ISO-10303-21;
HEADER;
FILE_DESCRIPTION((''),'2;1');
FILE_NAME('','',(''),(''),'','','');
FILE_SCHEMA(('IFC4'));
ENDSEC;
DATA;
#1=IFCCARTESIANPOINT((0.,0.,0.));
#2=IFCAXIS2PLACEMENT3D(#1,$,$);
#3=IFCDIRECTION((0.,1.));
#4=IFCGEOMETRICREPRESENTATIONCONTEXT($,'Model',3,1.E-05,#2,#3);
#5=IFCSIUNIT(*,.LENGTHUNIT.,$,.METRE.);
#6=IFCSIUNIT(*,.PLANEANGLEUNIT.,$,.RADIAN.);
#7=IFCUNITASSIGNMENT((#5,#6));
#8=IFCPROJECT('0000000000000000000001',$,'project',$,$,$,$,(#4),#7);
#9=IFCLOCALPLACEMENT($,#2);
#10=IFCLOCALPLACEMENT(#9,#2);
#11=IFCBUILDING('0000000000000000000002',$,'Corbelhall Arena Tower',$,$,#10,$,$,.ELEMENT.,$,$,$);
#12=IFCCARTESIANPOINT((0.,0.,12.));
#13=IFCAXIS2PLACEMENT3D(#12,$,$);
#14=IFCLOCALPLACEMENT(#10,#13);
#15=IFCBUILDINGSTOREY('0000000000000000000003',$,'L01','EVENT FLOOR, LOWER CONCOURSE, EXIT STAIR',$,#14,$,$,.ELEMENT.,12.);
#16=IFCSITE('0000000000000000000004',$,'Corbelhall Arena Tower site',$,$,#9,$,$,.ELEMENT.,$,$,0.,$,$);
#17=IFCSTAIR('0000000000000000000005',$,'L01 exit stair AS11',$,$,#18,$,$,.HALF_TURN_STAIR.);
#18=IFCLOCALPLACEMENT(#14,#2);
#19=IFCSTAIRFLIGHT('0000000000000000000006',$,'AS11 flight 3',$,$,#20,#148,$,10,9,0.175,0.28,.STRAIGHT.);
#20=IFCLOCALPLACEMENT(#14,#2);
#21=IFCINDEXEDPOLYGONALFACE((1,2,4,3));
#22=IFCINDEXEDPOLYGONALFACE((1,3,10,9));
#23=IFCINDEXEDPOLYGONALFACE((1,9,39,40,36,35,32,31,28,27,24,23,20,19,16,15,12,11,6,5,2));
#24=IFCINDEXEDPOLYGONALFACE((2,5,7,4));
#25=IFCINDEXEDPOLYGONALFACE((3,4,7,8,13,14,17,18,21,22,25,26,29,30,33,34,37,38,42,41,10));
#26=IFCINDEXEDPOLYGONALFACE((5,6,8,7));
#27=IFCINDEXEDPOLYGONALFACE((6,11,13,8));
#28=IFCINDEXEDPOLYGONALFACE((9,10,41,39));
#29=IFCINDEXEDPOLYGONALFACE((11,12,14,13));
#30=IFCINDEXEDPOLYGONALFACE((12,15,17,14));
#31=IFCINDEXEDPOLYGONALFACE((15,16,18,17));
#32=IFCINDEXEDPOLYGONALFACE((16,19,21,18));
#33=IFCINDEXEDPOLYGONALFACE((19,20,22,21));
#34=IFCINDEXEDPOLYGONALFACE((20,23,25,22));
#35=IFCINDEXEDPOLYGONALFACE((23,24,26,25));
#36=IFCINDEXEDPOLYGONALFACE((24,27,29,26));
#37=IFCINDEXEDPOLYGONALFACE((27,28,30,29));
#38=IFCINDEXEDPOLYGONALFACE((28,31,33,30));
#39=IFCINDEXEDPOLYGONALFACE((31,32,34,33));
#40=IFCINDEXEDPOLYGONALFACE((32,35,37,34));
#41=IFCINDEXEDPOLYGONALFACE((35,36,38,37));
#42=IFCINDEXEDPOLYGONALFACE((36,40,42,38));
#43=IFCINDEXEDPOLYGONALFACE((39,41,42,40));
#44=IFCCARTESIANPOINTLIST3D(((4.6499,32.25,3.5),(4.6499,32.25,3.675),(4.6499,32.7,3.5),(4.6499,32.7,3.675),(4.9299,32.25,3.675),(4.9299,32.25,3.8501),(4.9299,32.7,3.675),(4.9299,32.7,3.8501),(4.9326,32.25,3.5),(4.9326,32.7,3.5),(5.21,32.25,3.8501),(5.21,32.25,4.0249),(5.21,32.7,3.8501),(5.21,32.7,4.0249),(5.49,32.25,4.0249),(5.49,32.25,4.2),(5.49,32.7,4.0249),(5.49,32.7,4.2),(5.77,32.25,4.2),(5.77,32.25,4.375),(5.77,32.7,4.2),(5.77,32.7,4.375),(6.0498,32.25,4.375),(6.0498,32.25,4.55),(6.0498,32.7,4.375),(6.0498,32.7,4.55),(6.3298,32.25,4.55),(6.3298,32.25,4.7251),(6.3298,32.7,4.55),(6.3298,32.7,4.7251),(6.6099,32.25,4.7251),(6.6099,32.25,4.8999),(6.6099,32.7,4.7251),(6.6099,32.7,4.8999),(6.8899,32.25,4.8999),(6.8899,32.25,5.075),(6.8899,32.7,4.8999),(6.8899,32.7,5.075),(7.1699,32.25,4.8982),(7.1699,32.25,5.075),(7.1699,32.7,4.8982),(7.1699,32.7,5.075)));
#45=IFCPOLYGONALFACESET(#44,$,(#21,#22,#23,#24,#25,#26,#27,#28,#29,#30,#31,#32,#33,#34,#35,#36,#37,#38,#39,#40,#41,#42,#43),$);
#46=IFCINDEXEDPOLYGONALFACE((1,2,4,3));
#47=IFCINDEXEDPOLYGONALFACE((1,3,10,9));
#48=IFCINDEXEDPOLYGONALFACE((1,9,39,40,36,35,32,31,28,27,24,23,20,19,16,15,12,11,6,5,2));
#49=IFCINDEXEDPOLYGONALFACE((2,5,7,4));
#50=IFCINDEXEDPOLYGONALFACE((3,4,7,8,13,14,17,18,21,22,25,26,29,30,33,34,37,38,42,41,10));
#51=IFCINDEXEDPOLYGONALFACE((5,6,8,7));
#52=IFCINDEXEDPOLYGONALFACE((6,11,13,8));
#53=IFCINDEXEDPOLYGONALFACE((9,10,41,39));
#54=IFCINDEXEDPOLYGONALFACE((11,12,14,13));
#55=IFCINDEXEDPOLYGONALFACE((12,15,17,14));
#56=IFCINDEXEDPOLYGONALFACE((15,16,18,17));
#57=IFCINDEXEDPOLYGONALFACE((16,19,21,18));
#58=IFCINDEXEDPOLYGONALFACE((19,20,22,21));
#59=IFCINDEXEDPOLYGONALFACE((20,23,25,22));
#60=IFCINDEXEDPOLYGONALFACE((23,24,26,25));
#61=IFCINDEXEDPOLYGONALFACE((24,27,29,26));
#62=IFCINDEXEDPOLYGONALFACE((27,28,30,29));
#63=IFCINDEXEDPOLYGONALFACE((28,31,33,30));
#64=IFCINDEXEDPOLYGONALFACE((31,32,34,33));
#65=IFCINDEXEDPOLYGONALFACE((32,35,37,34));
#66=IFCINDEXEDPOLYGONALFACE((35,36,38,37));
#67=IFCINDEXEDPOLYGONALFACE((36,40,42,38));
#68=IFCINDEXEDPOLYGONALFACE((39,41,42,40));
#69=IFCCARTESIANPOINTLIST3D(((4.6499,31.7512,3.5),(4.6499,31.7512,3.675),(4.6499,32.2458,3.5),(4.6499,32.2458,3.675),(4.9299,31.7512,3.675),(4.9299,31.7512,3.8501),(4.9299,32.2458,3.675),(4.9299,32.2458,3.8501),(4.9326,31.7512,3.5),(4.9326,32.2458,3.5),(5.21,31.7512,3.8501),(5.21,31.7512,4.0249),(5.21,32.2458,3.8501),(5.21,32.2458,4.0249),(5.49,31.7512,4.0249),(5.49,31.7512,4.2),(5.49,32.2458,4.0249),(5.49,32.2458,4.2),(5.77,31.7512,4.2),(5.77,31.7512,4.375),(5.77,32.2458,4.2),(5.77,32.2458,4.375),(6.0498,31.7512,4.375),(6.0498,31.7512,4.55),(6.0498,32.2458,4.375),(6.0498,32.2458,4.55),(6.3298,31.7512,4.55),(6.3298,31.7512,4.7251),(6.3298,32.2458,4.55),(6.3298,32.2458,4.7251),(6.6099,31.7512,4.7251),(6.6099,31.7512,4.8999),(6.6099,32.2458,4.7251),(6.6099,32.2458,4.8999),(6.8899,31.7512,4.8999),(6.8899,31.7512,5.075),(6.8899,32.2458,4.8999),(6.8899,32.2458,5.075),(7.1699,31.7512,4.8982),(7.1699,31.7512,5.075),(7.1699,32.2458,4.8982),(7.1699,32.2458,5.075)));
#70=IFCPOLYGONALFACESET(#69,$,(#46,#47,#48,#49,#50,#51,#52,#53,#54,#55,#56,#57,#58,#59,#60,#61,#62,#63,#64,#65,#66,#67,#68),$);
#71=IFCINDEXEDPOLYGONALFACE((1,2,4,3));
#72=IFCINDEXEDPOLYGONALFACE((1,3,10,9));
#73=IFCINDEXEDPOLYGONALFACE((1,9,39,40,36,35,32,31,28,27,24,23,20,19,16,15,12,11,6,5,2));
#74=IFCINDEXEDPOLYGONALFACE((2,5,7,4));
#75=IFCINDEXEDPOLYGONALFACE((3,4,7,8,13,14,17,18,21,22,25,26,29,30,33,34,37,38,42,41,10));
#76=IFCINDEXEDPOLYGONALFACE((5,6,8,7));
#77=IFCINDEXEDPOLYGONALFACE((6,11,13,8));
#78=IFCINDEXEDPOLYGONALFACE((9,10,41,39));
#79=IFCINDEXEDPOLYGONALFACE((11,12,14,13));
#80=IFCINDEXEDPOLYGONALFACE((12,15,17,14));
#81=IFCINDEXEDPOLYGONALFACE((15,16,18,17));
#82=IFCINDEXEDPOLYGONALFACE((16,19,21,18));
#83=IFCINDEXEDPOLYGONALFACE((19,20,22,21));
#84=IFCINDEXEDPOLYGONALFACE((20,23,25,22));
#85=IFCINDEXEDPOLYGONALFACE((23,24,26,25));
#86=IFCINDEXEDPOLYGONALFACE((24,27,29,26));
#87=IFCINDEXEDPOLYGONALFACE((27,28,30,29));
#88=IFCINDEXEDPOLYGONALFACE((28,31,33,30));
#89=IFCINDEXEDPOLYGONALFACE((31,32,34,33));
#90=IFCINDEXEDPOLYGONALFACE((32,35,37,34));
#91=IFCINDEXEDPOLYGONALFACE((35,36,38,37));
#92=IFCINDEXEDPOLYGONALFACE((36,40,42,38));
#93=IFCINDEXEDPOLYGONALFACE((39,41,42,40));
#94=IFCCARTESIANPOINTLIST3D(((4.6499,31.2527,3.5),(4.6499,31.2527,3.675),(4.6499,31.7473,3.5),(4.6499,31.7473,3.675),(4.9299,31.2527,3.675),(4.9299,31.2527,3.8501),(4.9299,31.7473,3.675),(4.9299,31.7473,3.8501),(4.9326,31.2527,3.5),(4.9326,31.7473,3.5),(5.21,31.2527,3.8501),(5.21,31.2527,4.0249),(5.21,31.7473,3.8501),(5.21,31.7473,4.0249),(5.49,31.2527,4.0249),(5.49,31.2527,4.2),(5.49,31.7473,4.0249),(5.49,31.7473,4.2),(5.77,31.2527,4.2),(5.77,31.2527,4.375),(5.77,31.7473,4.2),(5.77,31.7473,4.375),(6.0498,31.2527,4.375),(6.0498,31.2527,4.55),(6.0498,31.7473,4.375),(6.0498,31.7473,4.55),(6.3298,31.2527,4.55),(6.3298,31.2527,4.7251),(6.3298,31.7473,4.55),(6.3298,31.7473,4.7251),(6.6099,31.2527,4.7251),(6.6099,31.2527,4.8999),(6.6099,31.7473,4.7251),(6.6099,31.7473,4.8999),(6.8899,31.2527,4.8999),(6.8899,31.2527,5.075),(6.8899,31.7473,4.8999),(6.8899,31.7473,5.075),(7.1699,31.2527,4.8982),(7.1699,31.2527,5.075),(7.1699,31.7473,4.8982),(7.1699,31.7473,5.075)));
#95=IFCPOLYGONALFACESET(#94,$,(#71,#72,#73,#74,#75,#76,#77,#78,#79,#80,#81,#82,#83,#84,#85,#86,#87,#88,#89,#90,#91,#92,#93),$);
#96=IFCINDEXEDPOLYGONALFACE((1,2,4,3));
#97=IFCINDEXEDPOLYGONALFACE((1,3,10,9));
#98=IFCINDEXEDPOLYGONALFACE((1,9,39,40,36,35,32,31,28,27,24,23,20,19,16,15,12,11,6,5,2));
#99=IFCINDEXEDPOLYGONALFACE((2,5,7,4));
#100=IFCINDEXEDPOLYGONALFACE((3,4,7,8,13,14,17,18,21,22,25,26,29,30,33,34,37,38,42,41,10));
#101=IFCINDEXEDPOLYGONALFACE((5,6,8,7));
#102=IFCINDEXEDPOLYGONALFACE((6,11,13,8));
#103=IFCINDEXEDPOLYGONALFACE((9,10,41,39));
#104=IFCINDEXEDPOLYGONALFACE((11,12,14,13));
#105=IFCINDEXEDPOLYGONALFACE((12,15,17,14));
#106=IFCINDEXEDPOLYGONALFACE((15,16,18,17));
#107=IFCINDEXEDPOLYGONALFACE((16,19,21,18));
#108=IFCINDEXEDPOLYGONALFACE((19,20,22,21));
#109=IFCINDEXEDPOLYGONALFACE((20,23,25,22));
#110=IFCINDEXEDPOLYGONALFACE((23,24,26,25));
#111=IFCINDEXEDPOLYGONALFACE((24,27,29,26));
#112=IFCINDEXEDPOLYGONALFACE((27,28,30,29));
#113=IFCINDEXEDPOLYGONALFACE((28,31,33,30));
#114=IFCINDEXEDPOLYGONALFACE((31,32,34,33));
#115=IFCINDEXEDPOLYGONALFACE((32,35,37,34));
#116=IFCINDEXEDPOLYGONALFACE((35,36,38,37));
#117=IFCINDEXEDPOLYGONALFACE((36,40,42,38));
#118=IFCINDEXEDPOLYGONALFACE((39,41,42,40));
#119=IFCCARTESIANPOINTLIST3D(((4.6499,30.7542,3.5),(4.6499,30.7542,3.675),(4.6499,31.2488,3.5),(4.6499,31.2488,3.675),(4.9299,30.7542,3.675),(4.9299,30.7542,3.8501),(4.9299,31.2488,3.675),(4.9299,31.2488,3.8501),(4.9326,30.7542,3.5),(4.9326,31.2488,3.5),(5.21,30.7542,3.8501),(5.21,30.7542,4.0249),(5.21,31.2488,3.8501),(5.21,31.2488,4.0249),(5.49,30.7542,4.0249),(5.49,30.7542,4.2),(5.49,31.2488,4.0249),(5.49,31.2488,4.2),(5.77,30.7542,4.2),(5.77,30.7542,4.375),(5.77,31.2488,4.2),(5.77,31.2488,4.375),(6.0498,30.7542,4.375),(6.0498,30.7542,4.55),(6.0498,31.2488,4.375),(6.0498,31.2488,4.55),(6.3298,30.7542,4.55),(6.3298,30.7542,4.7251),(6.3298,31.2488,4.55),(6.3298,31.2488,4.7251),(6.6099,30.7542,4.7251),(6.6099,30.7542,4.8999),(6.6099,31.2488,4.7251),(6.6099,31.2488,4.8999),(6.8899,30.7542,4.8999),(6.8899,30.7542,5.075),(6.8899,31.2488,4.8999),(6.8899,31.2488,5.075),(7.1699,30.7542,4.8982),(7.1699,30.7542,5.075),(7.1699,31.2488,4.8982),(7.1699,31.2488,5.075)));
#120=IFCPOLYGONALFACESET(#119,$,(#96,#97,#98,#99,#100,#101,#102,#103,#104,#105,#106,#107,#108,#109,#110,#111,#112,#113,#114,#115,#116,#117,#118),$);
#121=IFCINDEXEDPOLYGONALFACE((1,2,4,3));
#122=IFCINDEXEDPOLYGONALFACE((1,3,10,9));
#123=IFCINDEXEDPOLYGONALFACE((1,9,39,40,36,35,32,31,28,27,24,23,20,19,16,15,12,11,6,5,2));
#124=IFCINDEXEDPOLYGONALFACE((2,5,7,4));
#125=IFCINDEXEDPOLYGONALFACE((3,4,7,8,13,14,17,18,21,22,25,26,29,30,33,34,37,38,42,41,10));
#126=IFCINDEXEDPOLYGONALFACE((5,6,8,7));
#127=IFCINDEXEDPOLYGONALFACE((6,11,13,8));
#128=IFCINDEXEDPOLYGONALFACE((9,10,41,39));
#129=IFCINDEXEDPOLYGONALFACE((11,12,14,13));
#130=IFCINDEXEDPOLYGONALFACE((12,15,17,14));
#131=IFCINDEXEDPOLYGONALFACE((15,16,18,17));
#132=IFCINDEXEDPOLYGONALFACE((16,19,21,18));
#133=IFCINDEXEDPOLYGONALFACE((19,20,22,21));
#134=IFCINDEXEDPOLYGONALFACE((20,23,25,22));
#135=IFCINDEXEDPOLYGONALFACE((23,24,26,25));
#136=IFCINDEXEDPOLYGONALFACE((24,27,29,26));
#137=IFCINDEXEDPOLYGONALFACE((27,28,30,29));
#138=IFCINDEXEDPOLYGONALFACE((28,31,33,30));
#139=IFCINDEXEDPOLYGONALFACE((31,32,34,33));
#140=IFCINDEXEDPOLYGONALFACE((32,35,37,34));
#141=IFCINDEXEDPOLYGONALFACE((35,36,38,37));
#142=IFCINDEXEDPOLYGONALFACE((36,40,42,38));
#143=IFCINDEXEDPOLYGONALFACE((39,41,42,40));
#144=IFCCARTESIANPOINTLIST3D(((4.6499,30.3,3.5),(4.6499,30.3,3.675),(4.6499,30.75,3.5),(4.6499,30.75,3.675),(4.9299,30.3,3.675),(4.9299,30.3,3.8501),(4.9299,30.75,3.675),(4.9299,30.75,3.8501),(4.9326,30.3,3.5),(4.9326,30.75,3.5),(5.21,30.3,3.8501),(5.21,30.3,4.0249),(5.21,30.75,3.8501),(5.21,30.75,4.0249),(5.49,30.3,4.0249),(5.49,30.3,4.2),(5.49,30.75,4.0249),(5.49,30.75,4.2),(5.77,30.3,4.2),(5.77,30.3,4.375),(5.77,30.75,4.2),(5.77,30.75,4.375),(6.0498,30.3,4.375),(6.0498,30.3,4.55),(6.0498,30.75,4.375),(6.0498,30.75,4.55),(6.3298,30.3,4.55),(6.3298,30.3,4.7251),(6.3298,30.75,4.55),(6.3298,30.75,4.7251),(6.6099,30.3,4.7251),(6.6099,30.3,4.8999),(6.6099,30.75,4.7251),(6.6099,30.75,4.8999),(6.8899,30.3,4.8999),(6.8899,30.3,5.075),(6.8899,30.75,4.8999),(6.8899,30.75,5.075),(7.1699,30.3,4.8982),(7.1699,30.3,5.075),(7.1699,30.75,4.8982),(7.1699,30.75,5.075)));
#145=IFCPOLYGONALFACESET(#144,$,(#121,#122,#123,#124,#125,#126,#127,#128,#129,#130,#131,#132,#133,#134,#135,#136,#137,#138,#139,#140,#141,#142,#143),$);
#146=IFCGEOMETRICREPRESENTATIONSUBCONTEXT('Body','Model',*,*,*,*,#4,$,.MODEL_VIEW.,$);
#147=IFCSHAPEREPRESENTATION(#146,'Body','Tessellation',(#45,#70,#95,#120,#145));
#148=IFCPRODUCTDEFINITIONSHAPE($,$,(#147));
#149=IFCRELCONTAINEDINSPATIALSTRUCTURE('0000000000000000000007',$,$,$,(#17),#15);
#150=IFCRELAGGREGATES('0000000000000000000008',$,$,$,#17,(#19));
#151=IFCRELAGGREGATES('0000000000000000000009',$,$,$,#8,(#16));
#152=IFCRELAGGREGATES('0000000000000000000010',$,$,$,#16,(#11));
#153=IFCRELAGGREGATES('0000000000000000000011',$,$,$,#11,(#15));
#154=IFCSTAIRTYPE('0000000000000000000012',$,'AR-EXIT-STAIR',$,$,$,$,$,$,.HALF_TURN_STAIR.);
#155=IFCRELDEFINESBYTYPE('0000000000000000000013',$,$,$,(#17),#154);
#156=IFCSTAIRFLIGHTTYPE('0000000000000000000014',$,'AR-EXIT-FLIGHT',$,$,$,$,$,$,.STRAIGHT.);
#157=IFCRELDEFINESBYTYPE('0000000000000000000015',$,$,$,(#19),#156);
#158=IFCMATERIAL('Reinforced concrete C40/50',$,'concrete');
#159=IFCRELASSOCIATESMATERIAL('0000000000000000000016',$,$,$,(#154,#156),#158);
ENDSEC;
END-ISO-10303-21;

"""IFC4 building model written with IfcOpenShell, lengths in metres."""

from ifc_helpers import new_model, si_unit, direction, frame, origin, place, context, subcontext, project, spatial, polyline, outline, extrude, material, type_object, element, aggregate, save


model = new_model("IFC4")

# Units and contexts
model_context = context("Model", 3, precision=1e-05, world=origin(), true_north=direction((0.0, 1.0)))
body_context = subcontext(model_context, "Body", "Model", "MODEL_VIEW")
ifc_project = project(units=[si_unit("LENGTHUNIT", "METRE"), si_unit("PLANEANGLEUNIT", "RADIAN")], contexts=[model_context])

# Site, building, storey
site_placement = place(None, origin())
site = spatial("IfcSite", under=ifc_project, at=site_placement, Name="Corbelhall Arena Tower site", CompositionType="ELEMENT", RefElevation=0.0)
building_placement = place(site_placement, origin())
building = spatial("IfcBuilding", under=site, at=building_placement, Name="Corbelhall Arena Tower", CompositionType="ELEMENT")
storey_placement = place(building_placement, frame((0.0, 0.0, 12.0)))
storey = spatial("IfcBuildingStorey", under=building, at=storey_placement, Name="L01", Description="EVENT FLOOR, LOWER CONCOURSE, EXIT STAIR", CompositionType="ELEMENT", Elevation=12.0)

# Shared definitions
ifc_material_1 = material(Name="Reinforced concrete C40/50", Category="concrete")

# Stair, stair flight
stair_type = type_object("IfcStairType", Name="AR-EXIT-STAIR", PredefinedType="HALF_TURN_STAIR", material=ifc_material_1)
stair_placement = place(storey_placement, origin())
stair = element("IfcStair", 1, at=stair_placement, inside=storey, type_object=stair_type, Name="L01 exit stair AS11", PredefinedType="HALF_TURN_STAIR")
stair_flight_type = type_object("IfcStairFlightType", Name="AR-EXIT-FLIGHT", PredefinedType="STRAIGHT", material=ifc_material_1)
stair_flight_1_placement = place(storey_placement, frame((4.6499, 31.5, 3.5), z_axis=(0.0, 0.0, 1.0), x_axis=(1.0, 0.0, 0.0)))
stair_flight_1 = element("IfcStairFlight", 2, at=stair_flight_1_placement, type_object=stair_flight_type, Name="AS11 flight 3", NumberOfRisers=10, NumberOfTreads=9, PredefinedType="STRAIGHT", RiserHeight=0.175, TreadLength=0.28, context=body_context, shape_type="SweptSolid", body=[
    extrude(outline(polyline([(0.0, 0.0), (0.0, 0.175), (0.28, 0.175), (0.28, 0.3501), (0.5601, 0.3501), (0.5601, 0.5249), (0.8401, 0.5249), (0.8401, 0.7), (1.1201, 0.7), (1.1201, 0.875), (1.3999, 0.875), (1.3999, 1.05), (1.6799, 1.05), (1.6799, 1.2251), (1.96, 1.2251), (1.96, 1.3999), (2.24, 1.3999), (2.24, 1.575), (2.52, 1.575), (2.52, 1.75), (2.52, 1.3982), (0.2827, 0.0), (0.0, 0.0)])), frame((0.0, 1.2, 0.0), z_axis=(0.0, -1.0, 0.0), x_axis=(1.0, 0.0, 0.0)), (0.0, 0.0, 1.0), 0.45),
    extrude(outline(polyline([(0.0, 0.0), (0.0, 0.175), (0.28, 0.175), (0.28, 0.3501), (0.5601, 0.3501), (0.5601, 0.5249), (0.8401, 0.5249), (0.8401, 0.7), (1.1201, 0.7), (1.1201, 0.875), (1.3999, 0.875), (1.3999, 1.05), (1.6799, 1.05), (1.6799, 1.2251), (1.96, 1.2251), (1.96, 1.3999), (2.24, 1.3999), (2.24, 1.575), (2.52, 1.575), (2.52, 1.75), (2.52, 1.3982), (0.2827, 0.0), (0.0, 0.0)])), frame((0.0, 0.7458, 0.0), z_axis=(0.0, -1.0, 0.0), x_axis=(1.0, 0.0, 0.0)), (0.0, 0.0, 1.0), 0.4946),
    extrude(outline(polyline([(0.0, 0.0), (0.0, 0.175), (0.28, 0.175), (0.28, 0.3501), (0.5601, 0.3501), (0.5601, 0.5249), (0.8401, 0.5249), (0.8401, 0.7), (1.1201, 0.7), (1.1201, 0.875), (1.3999, 0.875), (1.3999, 1.05), (1.6799, 1.05), (1.6799, 1.2251), (1.96, 1.2251), (1.96, 1.3999), (2.24, 1.3999), (2.24, 1.575), (2.52, 1.575), (2.52, 1.75), (2.52, 1.3982), (0.2827, 0.0), (0.0, 0.0)])), frame((0.0, 0.2473, 0.0), z_axis=(0.0, -1.0, 0.0), x_axis=(1.0, 0.0, 0.0)), (0.0, 0.0, 1.0), 0.4946),
    extrude(outline(polyline([(0.0, 0.0), (0.0, 0.175), (0.28, 0.175), (0.28, 0.3501), (0.5601, 0.3501), (0.5601, 0.5249), (0.8401, 0.5249), (0.8401, 0.7), (1.1201, 0.7), (1.1201, 0.875), (1.3999, 0.875), (1.3999, 1.05), (1.6799, 1.05), (1.6799, 1.2251), (1.96, 1.2251), (1.96, 1.3999), (2.24, 1.3999), (2.24, 1.575), (2.52, 1.575), (2.52, 1.75), (2.52, 1.3982), (0.2827, 0.0), (0.0, 0.0)])), frame((0.0, -0.2512, 0.0), z_axis=(0.0, -1.0, 0.0), x_axis=(1.0, 0.0, 0.0)), (0.0, 0.0, 1.0), 0.4946),
    extrude(outline(polyline([(0.0, 0.0), (0.0, 0.175), (0.28, 0.175), (0.28, 0.3501), (0.5601, 0.3501), (0.5601, 0.5249), (0.8401, 0.5249), (0.8401, 0.7), (1.1201, 0.7), (1.1201, 0.875), (1.3999, 0.875), (1.3999, 1.05), (1.6799, 1.05), (1.6799, 1.2251), (1.96, 1.2251), (1.96, 1.3999), (2.24, 1.3999), (2.24, 1.575), (2.52, 1.575), (2.52, 1.75), (2.52, 1.3982), (0.2827, 0.0), (0.0, 0.0)])), frame((0.0, -0.75, 0.0), z_axis=(0.0, -1.0, 0.0), x_axis=(1.0, 0.0, 0.0)), (0.0, 0.0, 1.0), 0.45),
])
aggregate(stair, [stair_flight_1])

save(model, "model.ifc")
